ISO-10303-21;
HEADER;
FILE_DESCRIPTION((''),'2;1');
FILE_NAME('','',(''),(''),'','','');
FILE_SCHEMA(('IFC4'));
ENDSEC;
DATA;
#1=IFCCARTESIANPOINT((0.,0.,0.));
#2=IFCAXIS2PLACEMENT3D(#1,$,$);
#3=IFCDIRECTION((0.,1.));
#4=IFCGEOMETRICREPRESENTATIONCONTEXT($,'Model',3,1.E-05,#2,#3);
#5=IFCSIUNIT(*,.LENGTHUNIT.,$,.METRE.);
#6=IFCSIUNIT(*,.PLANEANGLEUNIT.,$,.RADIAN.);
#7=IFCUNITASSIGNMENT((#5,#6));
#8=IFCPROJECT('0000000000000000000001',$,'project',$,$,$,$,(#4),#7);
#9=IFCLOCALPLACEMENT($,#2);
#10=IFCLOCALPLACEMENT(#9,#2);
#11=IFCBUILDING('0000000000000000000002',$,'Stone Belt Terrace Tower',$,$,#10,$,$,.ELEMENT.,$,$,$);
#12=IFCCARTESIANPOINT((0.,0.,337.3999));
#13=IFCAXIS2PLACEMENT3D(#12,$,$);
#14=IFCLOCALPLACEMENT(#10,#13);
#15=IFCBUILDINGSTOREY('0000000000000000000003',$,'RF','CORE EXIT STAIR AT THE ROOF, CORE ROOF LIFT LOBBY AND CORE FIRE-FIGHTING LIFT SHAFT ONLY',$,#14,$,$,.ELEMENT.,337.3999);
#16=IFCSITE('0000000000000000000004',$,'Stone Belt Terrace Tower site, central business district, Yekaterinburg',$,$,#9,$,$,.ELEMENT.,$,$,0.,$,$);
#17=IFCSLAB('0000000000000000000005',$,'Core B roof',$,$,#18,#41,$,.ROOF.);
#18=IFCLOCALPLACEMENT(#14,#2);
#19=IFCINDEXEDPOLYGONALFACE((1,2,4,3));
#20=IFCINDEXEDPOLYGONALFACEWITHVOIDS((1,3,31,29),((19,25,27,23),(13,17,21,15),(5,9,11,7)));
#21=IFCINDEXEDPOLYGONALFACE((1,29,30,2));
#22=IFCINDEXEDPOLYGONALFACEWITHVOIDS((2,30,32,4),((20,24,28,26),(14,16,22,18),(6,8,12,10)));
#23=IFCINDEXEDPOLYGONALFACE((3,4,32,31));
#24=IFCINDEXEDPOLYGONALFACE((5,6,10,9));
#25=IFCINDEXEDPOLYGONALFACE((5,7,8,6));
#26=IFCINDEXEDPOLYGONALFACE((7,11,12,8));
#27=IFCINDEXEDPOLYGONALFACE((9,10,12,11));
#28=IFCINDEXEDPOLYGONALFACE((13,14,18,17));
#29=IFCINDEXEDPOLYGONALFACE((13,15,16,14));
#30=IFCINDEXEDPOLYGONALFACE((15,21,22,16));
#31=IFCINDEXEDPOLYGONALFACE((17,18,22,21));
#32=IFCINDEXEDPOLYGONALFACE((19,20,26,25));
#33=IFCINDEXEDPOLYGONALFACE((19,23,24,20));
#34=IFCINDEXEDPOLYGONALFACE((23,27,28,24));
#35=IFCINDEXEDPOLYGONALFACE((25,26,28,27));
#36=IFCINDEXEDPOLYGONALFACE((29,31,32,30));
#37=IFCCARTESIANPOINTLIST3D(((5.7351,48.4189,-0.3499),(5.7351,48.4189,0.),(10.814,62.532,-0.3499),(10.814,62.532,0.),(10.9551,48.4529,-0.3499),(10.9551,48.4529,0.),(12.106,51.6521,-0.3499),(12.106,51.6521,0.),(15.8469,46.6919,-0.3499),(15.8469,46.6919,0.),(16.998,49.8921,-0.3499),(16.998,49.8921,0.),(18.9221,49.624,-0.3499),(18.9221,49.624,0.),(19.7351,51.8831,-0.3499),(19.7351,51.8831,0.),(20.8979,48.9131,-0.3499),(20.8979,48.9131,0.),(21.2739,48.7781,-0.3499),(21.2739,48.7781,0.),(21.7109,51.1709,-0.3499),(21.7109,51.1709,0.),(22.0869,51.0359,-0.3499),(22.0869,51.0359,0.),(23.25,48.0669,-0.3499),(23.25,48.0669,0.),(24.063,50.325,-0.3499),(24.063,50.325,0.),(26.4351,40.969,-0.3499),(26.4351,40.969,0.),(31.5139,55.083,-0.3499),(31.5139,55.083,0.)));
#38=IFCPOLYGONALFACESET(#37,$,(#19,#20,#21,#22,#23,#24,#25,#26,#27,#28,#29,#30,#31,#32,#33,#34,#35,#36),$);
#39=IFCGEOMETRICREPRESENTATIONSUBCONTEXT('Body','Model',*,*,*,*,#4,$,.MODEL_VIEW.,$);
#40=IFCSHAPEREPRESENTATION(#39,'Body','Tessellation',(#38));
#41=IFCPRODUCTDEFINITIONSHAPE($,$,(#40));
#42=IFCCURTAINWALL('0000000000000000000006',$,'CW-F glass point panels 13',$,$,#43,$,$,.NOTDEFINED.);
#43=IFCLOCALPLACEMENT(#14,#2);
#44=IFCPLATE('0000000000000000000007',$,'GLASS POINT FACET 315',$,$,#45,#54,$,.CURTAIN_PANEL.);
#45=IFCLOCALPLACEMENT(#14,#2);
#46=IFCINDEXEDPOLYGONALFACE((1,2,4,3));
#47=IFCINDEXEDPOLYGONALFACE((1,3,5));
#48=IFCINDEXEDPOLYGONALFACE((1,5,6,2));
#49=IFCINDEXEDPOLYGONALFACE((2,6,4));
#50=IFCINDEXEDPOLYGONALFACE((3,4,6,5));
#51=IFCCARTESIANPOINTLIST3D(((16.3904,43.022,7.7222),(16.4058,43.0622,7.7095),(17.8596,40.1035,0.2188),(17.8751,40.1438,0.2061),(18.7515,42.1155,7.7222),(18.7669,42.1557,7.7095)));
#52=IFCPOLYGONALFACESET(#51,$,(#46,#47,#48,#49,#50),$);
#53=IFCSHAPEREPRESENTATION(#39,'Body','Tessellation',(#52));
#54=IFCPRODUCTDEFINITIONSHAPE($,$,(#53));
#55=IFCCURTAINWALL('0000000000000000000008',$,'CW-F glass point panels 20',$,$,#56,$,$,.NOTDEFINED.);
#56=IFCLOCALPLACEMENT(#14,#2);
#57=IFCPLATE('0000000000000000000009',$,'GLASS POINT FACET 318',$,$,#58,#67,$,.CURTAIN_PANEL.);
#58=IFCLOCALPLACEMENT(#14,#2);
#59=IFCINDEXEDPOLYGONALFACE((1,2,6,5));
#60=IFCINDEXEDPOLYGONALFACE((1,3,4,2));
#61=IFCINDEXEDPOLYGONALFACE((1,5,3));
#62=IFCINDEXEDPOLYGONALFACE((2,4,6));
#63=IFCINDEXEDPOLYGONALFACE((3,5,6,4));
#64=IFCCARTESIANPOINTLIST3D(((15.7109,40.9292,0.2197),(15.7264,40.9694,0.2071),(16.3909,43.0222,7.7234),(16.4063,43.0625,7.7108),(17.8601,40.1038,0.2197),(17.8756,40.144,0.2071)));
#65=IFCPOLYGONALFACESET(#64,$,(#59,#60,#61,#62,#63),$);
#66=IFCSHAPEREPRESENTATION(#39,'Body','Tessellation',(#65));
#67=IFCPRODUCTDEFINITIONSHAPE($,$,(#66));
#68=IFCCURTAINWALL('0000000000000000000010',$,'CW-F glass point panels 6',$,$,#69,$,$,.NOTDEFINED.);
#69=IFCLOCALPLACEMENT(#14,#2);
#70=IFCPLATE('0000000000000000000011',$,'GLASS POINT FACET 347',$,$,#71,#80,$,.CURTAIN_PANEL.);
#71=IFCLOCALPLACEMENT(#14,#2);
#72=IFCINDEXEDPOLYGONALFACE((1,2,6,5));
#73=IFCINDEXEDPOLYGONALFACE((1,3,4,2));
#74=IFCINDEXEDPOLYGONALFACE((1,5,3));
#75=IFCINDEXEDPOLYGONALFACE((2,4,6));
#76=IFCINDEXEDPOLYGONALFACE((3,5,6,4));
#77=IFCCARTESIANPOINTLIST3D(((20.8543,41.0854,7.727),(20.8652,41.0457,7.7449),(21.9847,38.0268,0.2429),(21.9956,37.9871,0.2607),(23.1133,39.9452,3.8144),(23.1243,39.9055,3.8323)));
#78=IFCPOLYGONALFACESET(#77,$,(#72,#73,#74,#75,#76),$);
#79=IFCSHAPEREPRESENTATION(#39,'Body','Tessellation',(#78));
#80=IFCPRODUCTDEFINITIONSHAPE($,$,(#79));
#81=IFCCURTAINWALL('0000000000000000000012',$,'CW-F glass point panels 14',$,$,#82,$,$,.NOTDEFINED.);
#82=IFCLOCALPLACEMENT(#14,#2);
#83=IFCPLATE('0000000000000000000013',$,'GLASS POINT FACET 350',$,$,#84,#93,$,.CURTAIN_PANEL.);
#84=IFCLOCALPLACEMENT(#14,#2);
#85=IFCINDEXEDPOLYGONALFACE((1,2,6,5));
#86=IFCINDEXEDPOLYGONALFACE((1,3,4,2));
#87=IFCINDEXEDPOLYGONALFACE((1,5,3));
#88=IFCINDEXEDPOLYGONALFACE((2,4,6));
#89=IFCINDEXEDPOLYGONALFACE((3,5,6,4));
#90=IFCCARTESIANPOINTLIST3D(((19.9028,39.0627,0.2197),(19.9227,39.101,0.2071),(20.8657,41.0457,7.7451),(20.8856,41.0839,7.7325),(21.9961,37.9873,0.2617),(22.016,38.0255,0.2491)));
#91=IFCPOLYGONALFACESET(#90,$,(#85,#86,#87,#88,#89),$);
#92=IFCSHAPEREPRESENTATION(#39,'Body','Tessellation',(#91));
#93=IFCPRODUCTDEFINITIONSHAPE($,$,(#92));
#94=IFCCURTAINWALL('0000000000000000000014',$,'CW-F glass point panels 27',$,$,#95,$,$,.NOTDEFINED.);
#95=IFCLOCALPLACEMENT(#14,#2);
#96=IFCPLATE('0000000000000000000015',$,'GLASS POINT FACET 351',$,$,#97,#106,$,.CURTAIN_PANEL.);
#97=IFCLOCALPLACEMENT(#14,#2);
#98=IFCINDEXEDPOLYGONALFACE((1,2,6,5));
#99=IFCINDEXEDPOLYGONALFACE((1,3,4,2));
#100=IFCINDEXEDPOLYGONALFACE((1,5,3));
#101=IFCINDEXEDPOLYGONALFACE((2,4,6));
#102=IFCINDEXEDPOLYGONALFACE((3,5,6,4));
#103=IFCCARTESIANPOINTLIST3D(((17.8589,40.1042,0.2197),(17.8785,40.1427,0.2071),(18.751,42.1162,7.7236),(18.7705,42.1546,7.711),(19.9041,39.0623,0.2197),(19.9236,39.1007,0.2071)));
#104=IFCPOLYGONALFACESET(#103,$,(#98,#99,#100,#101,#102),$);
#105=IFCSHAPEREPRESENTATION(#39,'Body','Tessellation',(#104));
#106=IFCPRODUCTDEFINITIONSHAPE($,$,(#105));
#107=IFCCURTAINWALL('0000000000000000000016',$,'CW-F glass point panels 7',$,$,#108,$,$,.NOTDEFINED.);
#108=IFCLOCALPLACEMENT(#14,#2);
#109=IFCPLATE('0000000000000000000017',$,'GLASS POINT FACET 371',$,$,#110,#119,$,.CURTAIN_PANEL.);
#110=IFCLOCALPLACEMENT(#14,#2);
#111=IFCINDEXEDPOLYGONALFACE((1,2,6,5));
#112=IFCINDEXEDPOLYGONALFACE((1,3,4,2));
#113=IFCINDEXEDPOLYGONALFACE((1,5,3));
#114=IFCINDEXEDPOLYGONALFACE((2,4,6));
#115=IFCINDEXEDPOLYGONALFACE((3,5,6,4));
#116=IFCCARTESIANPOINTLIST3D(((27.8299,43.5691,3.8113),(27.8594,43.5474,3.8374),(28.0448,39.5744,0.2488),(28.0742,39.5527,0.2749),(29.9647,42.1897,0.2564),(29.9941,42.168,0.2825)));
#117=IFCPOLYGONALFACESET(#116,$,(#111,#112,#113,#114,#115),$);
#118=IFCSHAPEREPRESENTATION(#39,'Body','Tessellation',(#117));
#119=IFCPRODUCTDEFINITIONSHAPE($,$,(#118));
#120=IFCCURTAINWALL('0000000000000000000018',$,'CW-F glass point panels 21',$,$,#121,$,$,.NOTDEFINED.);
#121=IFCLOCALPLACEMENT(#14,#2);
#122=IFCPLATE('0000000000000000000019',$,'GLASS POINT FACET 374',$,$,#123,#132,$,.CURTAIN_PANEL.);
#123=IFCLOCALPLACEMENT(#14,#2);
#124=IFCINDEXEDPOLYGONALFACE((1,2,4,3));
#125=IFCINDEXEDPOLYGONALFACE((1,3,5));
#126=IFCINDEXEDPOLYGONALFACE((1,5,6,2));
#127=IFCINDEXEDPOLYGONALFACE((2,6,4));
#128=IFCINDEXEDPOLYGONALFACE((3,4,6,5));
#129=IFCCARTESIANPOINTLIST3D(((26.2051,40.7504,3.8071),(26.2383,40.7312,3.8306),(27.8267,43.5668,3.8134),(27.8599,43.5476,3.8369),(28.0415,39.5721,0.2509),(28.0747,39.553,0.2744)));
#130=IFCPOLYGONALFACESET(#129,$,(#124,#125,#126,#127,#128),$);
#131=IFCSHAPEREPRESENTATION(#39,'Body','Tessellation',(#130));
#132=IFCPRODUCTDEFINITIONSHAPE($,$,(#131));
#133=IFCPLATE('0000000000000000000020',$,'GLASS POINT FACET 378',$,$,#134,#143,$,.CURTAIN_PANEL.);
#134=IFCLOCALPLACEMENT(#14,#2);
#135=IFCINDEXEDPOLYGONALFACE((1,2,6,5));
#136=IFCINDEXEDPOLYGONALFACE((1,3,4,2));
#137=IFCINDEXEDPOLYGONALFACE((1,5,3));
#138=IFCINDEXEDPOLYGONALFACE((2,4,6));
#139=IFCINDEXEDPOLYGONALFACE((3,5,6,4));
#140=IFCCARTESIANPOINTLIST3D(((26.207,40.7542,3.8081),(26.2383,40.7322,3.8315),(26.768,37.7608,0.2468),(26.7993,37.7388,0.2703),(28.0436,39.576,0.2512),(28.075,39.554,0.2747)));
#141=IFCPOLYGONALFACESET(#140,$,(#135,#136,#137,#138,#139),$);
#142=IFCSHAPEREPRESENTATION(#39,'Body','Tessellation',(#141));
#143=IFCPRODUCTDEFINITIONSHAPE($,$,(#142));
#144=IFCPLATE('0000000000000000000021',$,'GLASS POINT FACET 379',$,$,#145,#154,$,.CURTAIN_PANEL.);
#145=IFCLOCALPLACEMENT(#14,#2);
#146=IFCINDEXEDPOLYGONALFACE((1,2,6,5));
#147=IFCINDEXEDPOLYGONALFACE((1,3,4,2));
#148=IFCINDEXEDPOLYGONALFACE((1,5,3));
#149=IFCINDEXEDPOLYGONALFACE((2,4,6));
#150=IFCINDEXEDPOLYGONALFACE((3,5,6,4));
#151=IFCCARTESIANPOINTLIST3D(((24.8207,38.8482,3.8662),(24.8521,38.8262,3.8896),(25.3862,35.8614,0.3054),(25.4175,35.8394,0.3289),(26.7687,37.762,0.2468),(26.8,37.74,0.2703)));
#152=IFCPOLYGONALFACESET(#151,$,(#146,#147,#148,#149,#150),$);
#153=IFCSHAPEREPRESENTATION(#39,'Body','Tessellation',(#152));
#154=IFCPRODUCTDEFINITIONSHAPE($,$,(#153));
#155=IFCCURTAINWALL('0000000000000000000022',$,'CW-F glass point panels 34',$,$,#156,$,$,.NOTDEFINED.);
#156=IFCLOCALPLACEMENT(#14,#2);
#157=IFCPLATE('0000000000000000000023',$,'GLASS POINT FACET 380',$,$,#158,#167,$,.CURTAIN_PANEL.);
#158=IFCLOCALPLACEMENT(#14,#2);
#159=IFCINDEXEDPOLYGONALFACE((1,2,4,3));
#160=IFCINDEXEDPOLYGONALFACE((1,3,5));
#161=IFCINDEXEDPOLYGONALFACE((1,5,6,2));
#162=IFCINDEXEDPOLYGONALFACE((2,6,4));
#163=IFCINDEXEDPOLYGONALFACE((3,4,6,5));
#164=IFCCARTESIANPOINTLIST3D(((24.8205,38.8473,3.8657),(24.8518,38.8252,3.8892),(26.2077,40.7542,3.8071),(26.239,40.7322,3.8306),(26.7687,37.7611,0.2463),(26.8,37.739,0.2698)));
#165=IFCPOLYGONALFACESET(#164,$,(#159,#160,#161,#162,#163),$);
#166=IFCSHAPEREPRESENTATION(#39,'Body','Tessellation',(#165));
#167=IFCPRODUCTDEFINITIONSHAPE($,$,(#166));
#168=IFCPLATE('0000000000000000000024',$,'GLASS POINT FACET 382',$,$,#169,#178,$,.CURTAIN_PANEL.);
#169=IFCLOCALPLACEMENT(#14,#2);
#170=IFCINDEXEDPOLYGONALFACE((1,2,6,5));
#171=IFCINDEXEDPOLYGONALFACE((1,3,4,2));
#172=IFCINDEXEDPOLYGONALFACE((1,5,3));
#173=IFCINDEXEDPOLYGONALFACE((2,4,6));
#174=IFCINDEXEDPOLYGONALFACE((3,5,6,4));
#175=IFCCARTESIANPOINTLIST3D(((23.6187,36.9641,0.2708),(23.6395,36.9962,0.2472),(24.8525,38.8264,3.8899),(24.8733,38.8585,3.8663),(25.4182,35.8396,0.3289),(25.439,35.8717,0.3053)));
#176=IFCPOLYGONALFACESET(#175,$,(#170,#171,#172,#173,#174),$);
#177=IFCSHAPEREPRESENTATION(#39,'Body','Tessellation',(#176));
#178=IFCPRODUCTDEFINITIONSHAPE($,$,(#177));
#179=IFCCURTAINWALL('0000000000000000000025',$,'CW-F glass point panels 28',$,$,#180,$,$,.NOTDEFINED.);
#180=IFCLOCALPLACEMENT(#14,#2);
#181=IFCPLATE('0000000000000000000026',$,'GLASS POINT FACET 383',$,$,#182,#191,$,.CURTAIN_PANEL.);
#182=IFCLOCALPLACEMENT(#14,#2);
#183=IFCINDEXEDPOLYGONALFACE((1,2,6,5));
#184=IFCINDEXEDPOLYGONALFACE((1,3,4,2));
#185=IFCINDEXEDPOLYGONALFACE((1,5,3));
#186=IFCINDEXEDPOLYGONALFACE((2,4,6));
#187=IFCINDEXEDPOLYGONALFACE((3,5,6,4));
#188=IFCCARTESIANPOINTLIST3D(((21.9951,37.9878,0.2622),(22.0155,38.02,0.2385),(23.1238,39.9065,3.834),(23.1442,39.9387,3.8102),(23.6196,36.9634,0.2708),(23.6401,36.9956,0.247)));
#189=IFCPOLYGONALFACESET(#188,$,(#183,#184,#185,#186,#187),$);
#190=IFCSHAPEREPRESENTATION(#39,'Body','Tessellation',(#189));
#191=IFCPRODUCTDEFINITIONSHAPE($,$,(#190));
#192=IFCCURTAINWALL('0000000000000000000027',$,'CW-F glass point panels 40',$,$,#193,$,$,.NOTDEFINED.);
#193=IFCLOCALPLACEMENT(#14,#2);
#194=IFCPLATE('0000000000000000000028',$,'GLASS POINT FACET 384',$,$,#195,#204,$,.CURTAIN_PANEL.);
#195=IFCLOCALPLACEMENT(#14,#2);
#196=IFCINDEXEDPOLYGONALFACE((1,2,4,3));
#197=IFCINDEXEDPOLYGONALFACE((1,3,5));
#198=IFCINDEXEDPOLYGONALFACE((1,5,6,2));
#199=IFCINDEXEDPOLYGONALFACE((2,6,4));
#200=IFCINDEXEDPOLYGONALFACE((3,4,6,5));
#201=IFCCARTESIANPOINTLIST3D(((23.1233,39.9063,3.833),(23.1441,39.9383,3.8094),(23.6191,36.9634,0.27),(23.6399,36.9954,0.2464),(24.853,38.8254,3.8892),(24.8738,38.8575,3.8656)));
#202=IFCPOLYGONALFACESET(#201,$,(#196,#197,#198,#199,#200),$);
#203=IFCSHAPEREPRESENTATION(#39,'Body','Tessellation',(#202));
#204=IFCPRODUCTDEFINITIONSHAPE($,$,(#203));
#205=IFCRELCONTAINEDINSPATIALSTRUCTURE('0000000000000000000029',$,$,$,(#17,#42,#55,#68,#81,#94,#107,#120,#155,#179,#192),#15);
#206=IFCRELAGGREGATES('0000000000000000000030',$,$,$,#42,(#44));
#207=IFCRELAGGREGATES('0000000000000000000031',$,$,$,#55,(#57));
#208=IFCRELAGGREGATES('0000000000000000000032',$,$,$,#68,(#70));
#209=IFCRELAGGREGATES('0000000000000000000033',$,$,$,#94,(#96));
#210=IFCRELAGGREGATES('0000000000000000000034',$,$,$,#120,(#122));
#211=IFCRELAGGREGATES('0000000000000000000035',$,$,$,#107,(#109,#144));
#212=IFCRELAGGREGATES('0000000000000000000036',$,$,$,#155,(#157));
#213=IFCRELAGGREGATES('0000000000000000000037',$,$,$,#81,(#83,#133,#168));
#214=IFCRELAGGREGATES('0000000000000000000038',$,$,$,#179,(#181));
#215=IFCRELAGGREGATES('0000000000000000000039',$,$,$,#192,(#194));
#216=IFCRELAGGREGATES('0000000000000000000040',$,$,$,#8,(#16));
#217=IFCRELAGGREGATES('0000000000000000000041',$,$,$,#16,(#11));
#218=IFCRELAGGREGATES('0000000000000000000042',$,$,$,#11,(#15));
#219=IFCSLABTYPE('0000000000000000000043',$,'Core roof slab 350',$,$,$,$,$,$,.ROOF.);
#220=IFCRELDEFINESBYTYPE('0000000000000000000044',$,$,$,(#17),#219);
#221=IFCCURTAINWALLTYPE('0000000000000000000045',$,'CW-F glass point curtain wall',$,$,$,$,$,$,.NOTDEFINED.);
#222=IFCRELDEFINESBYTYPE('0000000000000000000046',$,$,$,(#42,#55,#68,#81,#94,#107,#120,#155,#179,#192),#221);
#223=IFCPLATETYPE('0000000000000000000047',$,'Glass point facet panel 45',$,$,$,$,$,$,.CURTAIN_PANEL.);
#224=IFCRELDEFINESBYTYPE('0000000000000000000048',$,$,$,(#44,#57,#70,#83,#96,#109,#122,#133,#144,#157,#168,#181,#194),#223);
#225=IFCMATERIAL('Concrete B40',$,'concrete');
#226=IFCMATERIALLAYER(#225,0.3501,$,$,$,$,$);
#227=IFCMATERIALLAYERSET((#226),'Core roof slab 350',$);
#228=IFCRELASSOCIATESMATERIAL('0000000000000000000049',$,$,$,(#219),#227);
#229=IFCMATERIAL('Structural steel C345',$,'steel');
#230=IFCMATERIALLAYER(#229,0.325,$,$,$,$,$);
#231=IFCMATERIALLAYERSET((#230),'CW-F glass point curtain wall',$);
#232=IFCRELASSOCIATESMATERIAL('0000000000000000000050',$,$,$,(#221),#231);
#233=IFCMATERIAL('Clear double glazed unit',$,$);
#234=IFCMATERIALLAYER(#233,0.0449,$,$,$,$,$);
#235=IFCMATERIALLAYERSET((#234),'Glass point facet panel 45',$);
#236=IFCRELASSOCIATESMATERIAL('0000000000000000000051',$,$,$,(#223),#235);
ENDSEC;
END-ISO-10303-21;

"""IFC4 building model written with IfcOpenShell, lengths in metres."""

from ifc_helpers import new_model, si_unit, direction, frame, origin, place, context, subcontext, project, spatial, polyline, outline, extrude, material, layer, layer_set, type_object, element, aggregate, save


model = new_model("IFC4")

# Units and contexts
model_context = context("Model", 3, precision=1e-05, world=origin(), true_north=direction((0.0, 1.0)))
body_context = subcontext(model_context, "Body", "Model", "MODEL_VIEW")
ifc_project = project(units=[si_unit("LENGTHUNIT", "METRE"), si_unit("PLANEANGLEUNIT", "RADIAN")], contexts=[model_context])

# Site, building, storey
site_placement = place(None, origin())
site = spatial("IfcSite", under=ifc_project, at=site_placement, Name="Stone Belt Terrace Tower site, central business district, Yekaterinburg", CompositionType="ELEMENT", RefElevation=0.0)
building_placement = place(site_placement, origin())
building = spatial("IfcBuilding", under=site, at=building_placement, Name="Stone Belt Terrace Tower", CompositionType="ELEMENT")
storey_placement = place(building_placement, frame((0.0, 0.0, 337.3999)))
storey = spatial("IfcBuildingStorey", under=building, at=storey_placement, Name="RF", Description="CORE EXIT STAIR AT THE ROOF, CORE ROOF LIFT LOBBY AND CORE FIRE-FIGHTING LIFT SHAFT ONLY", CompositionType="ELEMENT", Elevation=337.3999)

# Shared definitions
ifc_material_1 = material(Name="Structural steel C345", Category="steel")

# Shared definitions
ifc_material_2 = material(Name="Concrete B40", Category="concrete")
ifc_layer_1 = layer(ifc_material_2, 0.3501)
ifc_layer_set_1 = layer_set([ifc_layer_1], Name="Core roof slab 350")
slab_type = type_object("IfcSlabType", Name="Core roof slab 350", PredefinedType="ROOF", material=ifc_layer_set_1)

# Slab
slab_1_placement = place(storey_placement, frame((0.0, 0.0, -0.3499)))
element("IfcSlab", 1, at=slab_1_placement, inside=storey, type_object=slab_type, Name="Core B roof", PredefinedType="ROOF", context=body_context, shape_type="SweptSolid", body=[
    extrude(outline(polyline([(26.4351, 40.969), (31.5139, 55.083), (10.814, 62.532), (5.7351, 48.4189), (26.4351, 40.969)]), holes=[polyline([(15.8469, 46.6919), (10.9551, 48.4529), (12.106, 51.6521), (16.998, 49.8921), (15.8469, 46.6919)]), polyline([(24.063, 50.325), (23.25, 48.0669), (21.2739, 48.7781), (22.0869, 51.0359), (24.063, 50.325)]), polyline([(21.7109, 51.1709), (20.8979, 48.9131), (18.9221, 49.624), (19.7351, 51.8831), (21.7109, 51.1709)])]), origin(), (0.0, 0.0, 1.0), 0.3499),
])

# Curtain walls, plates
ifc_layer_2 = layer(ifc_material_1, 0.325)
ifc_layer_set_2 = layer_set([ifc_layer_2], Name="CW-F glass point curtain wall")
curtain_wall_type = type_object("IfcCurtainWallType", Name="CW-F glass point curtain wall", PredefinedType="NOTDEFINED", material=ifc_layer_set_2)
curtain_wall_1_placement = place(storey_placement, origin())
curtain_wall_1 = element("IfcCurtainWall", 2, at=curtain_wall_1_placement, inside=storey, type_object=curtain_wall_type, Name="CW-F glass point panels 13", PredefinedType="NOTDEFINED")
ifc_material_3 = material(Name="Clear double glazed unit")
ifc_layer_3 = layer(ifc_material_3, 0.0449)
ifc_layer_set_3 = layer_set([ifc_layer_3], Name="Glass point facet panel 45")
plate_type_1 = type_object("IfcPlateType", Name="Glass point facet panel 45", PredefinedType="CURTAIN_PANEL", material=ifc_layer_set_3)
plate_1_placement = place(storey_placement, frame((17.8596, 40.1035, 0.2188), z_axis=(-0.343969, -0.895913, 0.281113), x_axis=(-0.179526, 0.356607, 0.916844)))
plate_1 = element("IfcPlate", 3, at=plate_1_placement, type_object=plate_type_1, Name="GLASS POINT FACET 315", PredefinedType="CURTAIN_PANEL", context=body_context, shape_type="SweptSolid", body=[
    extrude(outline(polyline([(0.0, 0.0), (8.184, 0.0), (7.4368, -2.4162), (0.0, 0.0)])), origin(), (0.0, 0.0, -1.0), 0.0449),
])
aggregate(curtain_wall_1, [plate_1])
curtain_wall_2_placement = place(storey_placement, origin())
curtain_wall_2 = element("IfcCurtainWall", 4, at=curtain_wall_2_placement, inside=storey, type_object=curtain_wall_type, Name="CW-F glass point panels 20", PredefinedType="NOTDEFINED")
plate_2_placement = place(storey_placement, frame((17.8601, 40.1038, 0.2197), z_axis=(-0.344085, -0.895883, 0.28107), x_axis=(-0.933515, 0.358538, 0.0)))
plate_2 = element("IfcPlate", 5, at=plate_2_placement, type_object=plate_type_1, Name="GLASS POINT FACET 318", PredefinedType="CURTAIN_PANEL", context=body_context, shape_type="SweptSolid", body=[
    extrude(outline(polyline([(0.0, 0.0), (2.3022, 0.0), (2.4179, -7.8189), (0.0, 0.0)])), origin(), (0.0, 0.0, -1.0), 0.0449),
])
aggregate(curtain_wall_2, [plate_2])
curtain_wall_3_placement = place(storey_placement, origin())
curtain_wall_3 = element("IfcCurtainWall", 6, at=curtain_wall_3_placement, inside=storey, type_object=curtain_wall_type, Name="CW-F glass point panels 6", PredefinedType="NOTDEFINED")
plate_3_placement = place(storey_placement, frame((21.9956, 37.9871, 0.2607), z_axis=(0.243291, -0.884447, 0.398199), x_axis=(-0.138464, 0.374661, 0.916764)))
plate_3 = element("IfcPlate", 7, at=plate_3_placement, type_object=plate_type_1, Name="GLASS POINT FACET 347", PredefinedType="CURTAIN_PANEL", context=body_context, shape_type="SweptSolid", body=[
    extrude(outline(polyline([(0.0, 0.0), (8.1636, 0.0), (3.8367, -1.729), (0.0, 0.0)])), origin(), (0.0, 0.0, -1.0), 0.0449),
])
aggregate(curtain_wall_3, [plate_3])
curtain_wall_4_placement = place(storey_placement, origin())
curtain_wall_4 = element("IfcCurtainWall", 8, at=curtain_wall_4_placement, inside=storey, type_object=curtain_wall_type, Name="CW-F glass point panels 14", PredefinedType="NOTDEFINED")
plate_4_placement = place(storey_placement, frame((21.9961, 37.9873, 0.2617), z_axis=(-0.44302, -0.851333, 0.281008), x_axis=(-0.889335, 0.456907, -0.017841)))
plate_4 = element("IfcPlate", 9, at=plate_4_placement, type_object=plate_type_1, Name="GLASS POINT FACET 350", PredefinedType="CURTAIN_PANEL", context=body_context, shape_type="SweptSolid", body=[
    extrude(outline(polyline([(0.0, 0.0), (2.3537, 0.0), (2.2692, -7.8411), (0.0, 0.0)])), origin(), (0.0, 0.0, -1.0), 0.0449),
])
curtain_wall_5_placement = place(storey_placement, origin())
curtain_wall_5 = element("IfcCurtainWall", 10, at=curtain_wall_5_placement, inside=storey, type_object=curtain_wall_type, Name="CW-F glass point panels 27", PredefinedType="NOTDEFINED")
plate_5_placement = place(storey_placement, frame((17.8589, 40.1042, 0.2197), z_axis=(-0.435666, -0.855101, 0.281065), x_axis=(0.114078, 0.257284, 0.959579)))
plate_5 = element("IfcPlate", 11, at=plate_5_placement, type_object=plate_type_1, Name="GLASS POINT FACET 351", PredefinedType="CURTAIN_PANEL", context=body_context, shape_type="SweptSolid", body=[
    extrude(outline(polyline([(0.0, 0.0), (7.82, 0.0), (-0.0348, -2.295), (0.0, 0.0)])), origin(), (0.0, 0.0, -1.0), 0.0449),
])
aggregate(curtain_wall_5, [plate_5])
curtain_wall_6_placement = place(storey_placement, origin())
curtain_wall_6 = element("IfcCurtainWall", 12, at=curtain_wall_6_placement, inside=storey, type_object=curtain_wall_type, Name="CW-F glass point panels 7", PredefinedType="NOTDEFINED")
plate_6_placement = place(storey_placement, frame((28.0742, 39.5527, 0.2749), z_axis=(0.655353, -0.482795, 0.58088), x_axis=(-0.040107, 0.745721, 0.66505)))
plate_6 = element("IfcPlate", 13, at=plate_6_placement, type_object=plate_type_1, Name="GLASS POINT FACET 371", PredefinedType="CURTAIN_PANEL", context=body_context, shape_type="SweptSolid", body=[
    extrude(outline(polyline([(0.0, 0.0), (5.3567, 0.0), (1.8783, -2.6453), (0.0, 0.0)])), origin(), (0.0, 0.0, -1.0), 0.0449),
])
curtain_wall_7_placement = place(storey_placement, origin())
curtain_wall_7 = element("IfcCurtainWall", 14, at=curtain_wall_7_placement, inside=storey, type_object=curtain_wall_type, Name="CW-F glass point panels 21", PredefinedType="NOTDEFINED")
plate_7_placement = place(storey_placement, frame((28.0747, 39.553, 0.2744), z_axis=(0.738379, -0.426309, 0.522549), x_axis=(-0.440162, 0.282401, 0.852354)))
plate_7 = element("IfcPlate", 15, at=plate_7_placement, type_object=plate_type_1, Name="GLASS POINT FACET 374", PredefinedType="CURTAIN_PANEL", context=body_context, shape_type="SweptSolid", body=[
    extrude(outline(polyline([(0.0, 0.0), (4.1722, 0.0), (4.2592, -3.2487), (0.0, 0.0)])), origin(), (0.0, 0.0, -1.0), 0.0449),
])
aggregate(curtain_wall_7, [plate_7])

# Plates
plate_8_placement = place(storey_placement, frame((28.075, 39.554, 0.2747), z_axis=(0.696976, -0.49107, 0.522565), x_axis=(-0.574974, -0.818169, -0.001981)))
plate_8 = element("IfcPlate", 16, at=plate_8_placement, type_object=plate_type_1, Name="GLASS POINT FACET 378", PredefinedType="CURTAIN_PANEL", context=body_context, shape_type="SweptSolid", body=[
    extrude(outline(polyline([(0.0, 0.0), (2.2186, 0.0), (0.085, -4.172), (0.0, 0.0)])), origin(), (0.0, 0.0, -1.0), 0.0449),
])
plate_9_placement = place(storey_placement, frame((25.4175, 35.8394, 0.3289), z_axis=(0.697083, -0.490967, 0.522519), x_axis=(-0.12077, 0.637952, 0.760547)))
plate_9 = element("IfcPlate", 17, at=plate_9_placement, type_object=plate_type_1, Name="GLASS POINT FACET 379", PredefinedType="CURTAIN_PANEL", context=body_context, shape_type="SweptSolid", body=[
    extrude(outline(polyline([(0.0, 0.0), (4.6819, 0.0), (1.001, -2.1273), (0.0, 0.0)])), origin(), (0.0, 0.0, -1.0), 0.0449),
])
aggregate(curtain_wall_6, [plate_6, plate_9])

# Curtain wall, plate
curtain_wall_8_placement = place(storey_placement, origin())
curtain_wall_8 = element("IfcCurtainWall", 18, at=curtain_wall_8_placement, inside=storey, type_object=curtain_wall_type, Name="CW-F glass point panels 34", PredefinedType="NOTDEFINED")
plate_10_placement = place(storey_placement, frame((26.239, 40.7322, 3.8306), z_axis=(0.69704, -0.490996, 0.522551), x_axis=(0.119741, -0.638827, -0.759975)))
plate_10 = element("IfcPlate", 19, at=plate_10_placement, type_object=plate_type_1, Name="GLASS POINT FACET 380", PredefinedType="CURTAIN_PANEL", context=body_context, shape_type="SweptSolid", body=[
    extrude(outline(polyline([(0.0, 0.0), (4.6854, 0.0), (1.0076, -2.1329), (0.0, 0.0)])), origin(), (0.0, 0.0, -1.0), 0.0449),
])
aggregate(curtain_wall_8, [plate_10])

# Plate
plate_11_placement = place(storey_placement, frame((25.4182, 35.8396, 0.3289), z_axis=(-0.463075, -0.713921, 0.525241), x_axis=(-0.847726, 0.529728, -0.027372)))
plate_11 = element("IfcPlate", 20, at=plate_11_placement, type_object=plate_type_1, Name="GLASS POINT FACET 382", PredefinedType="CURTAIN_PANEL", context=body_context, shape_type="SweptSolid", body=[
    extrude(outline(polyline([(0.0, 0.0), (2.1228, 0.0), (1.9643, -4.2501), (0.0, 0.0)])), origin(), (0.0, 0.0, -1.0), 0.0449),
])
aggregate(curtain_wall_4, [plate_4, plate_8, plate_11])

# Curtain walls, plates
curtain_wall_9_placement = place(storey_placement, origin())
curtain_wall_9 = element("IfcCurtainWall", 21, at=curtain_wall_9_placement, inside=storey, type_object=curtain_wall_type, Name="CW-F glass point panels 28", PredefinedType="NOTDEFINED")
plate_12_placement = place(storey_placement, frame((21.9951, 37.9878, 0.2622), z_axis=(-0.454741, -0.716716, 0.528704), x_axis=(0.268176, 0.455893, 0.848672)))
plate_12 = element("IfcPlate", 22, at=plate_12_placement, type_object=plate_type_1, Name="GLASS POINT FACET 383", PredefinedType="CURTAIN_PANEL", context=body_context, shape_type="SweptSolid", body=[
    extrude(outline(polyline([(0.0, 0.0), (4.2087, 0.0), (-0.0241, -1.9204), (0.0, 0.0)])), origin(), (0.0, 0.0, -1.0), 0.0449),
])
aggregate(curtain_wall_9, [plate_12])
curtain_wall_10_placement = place(storey_placement, origin())
curtain_wall_10 = element("IfcCurtainWall", 23, at=curtain_wall_10_placement, inside=storey, type_object=curtain_wall_type, Name="CW-F glass point panels 40", PredefinedType="NOTDEFINED")
plate_13_placement = place(storey_placement, frame((24.853, 38.8254, 3.8892), z_axis=(-0.463131, -0.713911, 0.525206), x_axis=(-0.290122, -0.437824, -0.850964)))
plate_13 = element("IfcPlate", 24, at=plate_13_placement, type_object=plate_type_1, Name="GLASS POINT FACET 384", PredefinedType="CURTAIN_PANEL", context=body_context, shape_type="SweptSolid", body=[
    extrude(outline(polyline([(0.0, 0.0), (4.253, 0.0), (0.0764, -2.039), (0.0, 0.0)])), origin(), (0.0, 0.0, -1.0), 0.0449),
])
aggregate(curtain_wall_10, [plate_13])

save(model, "model.ifc")
